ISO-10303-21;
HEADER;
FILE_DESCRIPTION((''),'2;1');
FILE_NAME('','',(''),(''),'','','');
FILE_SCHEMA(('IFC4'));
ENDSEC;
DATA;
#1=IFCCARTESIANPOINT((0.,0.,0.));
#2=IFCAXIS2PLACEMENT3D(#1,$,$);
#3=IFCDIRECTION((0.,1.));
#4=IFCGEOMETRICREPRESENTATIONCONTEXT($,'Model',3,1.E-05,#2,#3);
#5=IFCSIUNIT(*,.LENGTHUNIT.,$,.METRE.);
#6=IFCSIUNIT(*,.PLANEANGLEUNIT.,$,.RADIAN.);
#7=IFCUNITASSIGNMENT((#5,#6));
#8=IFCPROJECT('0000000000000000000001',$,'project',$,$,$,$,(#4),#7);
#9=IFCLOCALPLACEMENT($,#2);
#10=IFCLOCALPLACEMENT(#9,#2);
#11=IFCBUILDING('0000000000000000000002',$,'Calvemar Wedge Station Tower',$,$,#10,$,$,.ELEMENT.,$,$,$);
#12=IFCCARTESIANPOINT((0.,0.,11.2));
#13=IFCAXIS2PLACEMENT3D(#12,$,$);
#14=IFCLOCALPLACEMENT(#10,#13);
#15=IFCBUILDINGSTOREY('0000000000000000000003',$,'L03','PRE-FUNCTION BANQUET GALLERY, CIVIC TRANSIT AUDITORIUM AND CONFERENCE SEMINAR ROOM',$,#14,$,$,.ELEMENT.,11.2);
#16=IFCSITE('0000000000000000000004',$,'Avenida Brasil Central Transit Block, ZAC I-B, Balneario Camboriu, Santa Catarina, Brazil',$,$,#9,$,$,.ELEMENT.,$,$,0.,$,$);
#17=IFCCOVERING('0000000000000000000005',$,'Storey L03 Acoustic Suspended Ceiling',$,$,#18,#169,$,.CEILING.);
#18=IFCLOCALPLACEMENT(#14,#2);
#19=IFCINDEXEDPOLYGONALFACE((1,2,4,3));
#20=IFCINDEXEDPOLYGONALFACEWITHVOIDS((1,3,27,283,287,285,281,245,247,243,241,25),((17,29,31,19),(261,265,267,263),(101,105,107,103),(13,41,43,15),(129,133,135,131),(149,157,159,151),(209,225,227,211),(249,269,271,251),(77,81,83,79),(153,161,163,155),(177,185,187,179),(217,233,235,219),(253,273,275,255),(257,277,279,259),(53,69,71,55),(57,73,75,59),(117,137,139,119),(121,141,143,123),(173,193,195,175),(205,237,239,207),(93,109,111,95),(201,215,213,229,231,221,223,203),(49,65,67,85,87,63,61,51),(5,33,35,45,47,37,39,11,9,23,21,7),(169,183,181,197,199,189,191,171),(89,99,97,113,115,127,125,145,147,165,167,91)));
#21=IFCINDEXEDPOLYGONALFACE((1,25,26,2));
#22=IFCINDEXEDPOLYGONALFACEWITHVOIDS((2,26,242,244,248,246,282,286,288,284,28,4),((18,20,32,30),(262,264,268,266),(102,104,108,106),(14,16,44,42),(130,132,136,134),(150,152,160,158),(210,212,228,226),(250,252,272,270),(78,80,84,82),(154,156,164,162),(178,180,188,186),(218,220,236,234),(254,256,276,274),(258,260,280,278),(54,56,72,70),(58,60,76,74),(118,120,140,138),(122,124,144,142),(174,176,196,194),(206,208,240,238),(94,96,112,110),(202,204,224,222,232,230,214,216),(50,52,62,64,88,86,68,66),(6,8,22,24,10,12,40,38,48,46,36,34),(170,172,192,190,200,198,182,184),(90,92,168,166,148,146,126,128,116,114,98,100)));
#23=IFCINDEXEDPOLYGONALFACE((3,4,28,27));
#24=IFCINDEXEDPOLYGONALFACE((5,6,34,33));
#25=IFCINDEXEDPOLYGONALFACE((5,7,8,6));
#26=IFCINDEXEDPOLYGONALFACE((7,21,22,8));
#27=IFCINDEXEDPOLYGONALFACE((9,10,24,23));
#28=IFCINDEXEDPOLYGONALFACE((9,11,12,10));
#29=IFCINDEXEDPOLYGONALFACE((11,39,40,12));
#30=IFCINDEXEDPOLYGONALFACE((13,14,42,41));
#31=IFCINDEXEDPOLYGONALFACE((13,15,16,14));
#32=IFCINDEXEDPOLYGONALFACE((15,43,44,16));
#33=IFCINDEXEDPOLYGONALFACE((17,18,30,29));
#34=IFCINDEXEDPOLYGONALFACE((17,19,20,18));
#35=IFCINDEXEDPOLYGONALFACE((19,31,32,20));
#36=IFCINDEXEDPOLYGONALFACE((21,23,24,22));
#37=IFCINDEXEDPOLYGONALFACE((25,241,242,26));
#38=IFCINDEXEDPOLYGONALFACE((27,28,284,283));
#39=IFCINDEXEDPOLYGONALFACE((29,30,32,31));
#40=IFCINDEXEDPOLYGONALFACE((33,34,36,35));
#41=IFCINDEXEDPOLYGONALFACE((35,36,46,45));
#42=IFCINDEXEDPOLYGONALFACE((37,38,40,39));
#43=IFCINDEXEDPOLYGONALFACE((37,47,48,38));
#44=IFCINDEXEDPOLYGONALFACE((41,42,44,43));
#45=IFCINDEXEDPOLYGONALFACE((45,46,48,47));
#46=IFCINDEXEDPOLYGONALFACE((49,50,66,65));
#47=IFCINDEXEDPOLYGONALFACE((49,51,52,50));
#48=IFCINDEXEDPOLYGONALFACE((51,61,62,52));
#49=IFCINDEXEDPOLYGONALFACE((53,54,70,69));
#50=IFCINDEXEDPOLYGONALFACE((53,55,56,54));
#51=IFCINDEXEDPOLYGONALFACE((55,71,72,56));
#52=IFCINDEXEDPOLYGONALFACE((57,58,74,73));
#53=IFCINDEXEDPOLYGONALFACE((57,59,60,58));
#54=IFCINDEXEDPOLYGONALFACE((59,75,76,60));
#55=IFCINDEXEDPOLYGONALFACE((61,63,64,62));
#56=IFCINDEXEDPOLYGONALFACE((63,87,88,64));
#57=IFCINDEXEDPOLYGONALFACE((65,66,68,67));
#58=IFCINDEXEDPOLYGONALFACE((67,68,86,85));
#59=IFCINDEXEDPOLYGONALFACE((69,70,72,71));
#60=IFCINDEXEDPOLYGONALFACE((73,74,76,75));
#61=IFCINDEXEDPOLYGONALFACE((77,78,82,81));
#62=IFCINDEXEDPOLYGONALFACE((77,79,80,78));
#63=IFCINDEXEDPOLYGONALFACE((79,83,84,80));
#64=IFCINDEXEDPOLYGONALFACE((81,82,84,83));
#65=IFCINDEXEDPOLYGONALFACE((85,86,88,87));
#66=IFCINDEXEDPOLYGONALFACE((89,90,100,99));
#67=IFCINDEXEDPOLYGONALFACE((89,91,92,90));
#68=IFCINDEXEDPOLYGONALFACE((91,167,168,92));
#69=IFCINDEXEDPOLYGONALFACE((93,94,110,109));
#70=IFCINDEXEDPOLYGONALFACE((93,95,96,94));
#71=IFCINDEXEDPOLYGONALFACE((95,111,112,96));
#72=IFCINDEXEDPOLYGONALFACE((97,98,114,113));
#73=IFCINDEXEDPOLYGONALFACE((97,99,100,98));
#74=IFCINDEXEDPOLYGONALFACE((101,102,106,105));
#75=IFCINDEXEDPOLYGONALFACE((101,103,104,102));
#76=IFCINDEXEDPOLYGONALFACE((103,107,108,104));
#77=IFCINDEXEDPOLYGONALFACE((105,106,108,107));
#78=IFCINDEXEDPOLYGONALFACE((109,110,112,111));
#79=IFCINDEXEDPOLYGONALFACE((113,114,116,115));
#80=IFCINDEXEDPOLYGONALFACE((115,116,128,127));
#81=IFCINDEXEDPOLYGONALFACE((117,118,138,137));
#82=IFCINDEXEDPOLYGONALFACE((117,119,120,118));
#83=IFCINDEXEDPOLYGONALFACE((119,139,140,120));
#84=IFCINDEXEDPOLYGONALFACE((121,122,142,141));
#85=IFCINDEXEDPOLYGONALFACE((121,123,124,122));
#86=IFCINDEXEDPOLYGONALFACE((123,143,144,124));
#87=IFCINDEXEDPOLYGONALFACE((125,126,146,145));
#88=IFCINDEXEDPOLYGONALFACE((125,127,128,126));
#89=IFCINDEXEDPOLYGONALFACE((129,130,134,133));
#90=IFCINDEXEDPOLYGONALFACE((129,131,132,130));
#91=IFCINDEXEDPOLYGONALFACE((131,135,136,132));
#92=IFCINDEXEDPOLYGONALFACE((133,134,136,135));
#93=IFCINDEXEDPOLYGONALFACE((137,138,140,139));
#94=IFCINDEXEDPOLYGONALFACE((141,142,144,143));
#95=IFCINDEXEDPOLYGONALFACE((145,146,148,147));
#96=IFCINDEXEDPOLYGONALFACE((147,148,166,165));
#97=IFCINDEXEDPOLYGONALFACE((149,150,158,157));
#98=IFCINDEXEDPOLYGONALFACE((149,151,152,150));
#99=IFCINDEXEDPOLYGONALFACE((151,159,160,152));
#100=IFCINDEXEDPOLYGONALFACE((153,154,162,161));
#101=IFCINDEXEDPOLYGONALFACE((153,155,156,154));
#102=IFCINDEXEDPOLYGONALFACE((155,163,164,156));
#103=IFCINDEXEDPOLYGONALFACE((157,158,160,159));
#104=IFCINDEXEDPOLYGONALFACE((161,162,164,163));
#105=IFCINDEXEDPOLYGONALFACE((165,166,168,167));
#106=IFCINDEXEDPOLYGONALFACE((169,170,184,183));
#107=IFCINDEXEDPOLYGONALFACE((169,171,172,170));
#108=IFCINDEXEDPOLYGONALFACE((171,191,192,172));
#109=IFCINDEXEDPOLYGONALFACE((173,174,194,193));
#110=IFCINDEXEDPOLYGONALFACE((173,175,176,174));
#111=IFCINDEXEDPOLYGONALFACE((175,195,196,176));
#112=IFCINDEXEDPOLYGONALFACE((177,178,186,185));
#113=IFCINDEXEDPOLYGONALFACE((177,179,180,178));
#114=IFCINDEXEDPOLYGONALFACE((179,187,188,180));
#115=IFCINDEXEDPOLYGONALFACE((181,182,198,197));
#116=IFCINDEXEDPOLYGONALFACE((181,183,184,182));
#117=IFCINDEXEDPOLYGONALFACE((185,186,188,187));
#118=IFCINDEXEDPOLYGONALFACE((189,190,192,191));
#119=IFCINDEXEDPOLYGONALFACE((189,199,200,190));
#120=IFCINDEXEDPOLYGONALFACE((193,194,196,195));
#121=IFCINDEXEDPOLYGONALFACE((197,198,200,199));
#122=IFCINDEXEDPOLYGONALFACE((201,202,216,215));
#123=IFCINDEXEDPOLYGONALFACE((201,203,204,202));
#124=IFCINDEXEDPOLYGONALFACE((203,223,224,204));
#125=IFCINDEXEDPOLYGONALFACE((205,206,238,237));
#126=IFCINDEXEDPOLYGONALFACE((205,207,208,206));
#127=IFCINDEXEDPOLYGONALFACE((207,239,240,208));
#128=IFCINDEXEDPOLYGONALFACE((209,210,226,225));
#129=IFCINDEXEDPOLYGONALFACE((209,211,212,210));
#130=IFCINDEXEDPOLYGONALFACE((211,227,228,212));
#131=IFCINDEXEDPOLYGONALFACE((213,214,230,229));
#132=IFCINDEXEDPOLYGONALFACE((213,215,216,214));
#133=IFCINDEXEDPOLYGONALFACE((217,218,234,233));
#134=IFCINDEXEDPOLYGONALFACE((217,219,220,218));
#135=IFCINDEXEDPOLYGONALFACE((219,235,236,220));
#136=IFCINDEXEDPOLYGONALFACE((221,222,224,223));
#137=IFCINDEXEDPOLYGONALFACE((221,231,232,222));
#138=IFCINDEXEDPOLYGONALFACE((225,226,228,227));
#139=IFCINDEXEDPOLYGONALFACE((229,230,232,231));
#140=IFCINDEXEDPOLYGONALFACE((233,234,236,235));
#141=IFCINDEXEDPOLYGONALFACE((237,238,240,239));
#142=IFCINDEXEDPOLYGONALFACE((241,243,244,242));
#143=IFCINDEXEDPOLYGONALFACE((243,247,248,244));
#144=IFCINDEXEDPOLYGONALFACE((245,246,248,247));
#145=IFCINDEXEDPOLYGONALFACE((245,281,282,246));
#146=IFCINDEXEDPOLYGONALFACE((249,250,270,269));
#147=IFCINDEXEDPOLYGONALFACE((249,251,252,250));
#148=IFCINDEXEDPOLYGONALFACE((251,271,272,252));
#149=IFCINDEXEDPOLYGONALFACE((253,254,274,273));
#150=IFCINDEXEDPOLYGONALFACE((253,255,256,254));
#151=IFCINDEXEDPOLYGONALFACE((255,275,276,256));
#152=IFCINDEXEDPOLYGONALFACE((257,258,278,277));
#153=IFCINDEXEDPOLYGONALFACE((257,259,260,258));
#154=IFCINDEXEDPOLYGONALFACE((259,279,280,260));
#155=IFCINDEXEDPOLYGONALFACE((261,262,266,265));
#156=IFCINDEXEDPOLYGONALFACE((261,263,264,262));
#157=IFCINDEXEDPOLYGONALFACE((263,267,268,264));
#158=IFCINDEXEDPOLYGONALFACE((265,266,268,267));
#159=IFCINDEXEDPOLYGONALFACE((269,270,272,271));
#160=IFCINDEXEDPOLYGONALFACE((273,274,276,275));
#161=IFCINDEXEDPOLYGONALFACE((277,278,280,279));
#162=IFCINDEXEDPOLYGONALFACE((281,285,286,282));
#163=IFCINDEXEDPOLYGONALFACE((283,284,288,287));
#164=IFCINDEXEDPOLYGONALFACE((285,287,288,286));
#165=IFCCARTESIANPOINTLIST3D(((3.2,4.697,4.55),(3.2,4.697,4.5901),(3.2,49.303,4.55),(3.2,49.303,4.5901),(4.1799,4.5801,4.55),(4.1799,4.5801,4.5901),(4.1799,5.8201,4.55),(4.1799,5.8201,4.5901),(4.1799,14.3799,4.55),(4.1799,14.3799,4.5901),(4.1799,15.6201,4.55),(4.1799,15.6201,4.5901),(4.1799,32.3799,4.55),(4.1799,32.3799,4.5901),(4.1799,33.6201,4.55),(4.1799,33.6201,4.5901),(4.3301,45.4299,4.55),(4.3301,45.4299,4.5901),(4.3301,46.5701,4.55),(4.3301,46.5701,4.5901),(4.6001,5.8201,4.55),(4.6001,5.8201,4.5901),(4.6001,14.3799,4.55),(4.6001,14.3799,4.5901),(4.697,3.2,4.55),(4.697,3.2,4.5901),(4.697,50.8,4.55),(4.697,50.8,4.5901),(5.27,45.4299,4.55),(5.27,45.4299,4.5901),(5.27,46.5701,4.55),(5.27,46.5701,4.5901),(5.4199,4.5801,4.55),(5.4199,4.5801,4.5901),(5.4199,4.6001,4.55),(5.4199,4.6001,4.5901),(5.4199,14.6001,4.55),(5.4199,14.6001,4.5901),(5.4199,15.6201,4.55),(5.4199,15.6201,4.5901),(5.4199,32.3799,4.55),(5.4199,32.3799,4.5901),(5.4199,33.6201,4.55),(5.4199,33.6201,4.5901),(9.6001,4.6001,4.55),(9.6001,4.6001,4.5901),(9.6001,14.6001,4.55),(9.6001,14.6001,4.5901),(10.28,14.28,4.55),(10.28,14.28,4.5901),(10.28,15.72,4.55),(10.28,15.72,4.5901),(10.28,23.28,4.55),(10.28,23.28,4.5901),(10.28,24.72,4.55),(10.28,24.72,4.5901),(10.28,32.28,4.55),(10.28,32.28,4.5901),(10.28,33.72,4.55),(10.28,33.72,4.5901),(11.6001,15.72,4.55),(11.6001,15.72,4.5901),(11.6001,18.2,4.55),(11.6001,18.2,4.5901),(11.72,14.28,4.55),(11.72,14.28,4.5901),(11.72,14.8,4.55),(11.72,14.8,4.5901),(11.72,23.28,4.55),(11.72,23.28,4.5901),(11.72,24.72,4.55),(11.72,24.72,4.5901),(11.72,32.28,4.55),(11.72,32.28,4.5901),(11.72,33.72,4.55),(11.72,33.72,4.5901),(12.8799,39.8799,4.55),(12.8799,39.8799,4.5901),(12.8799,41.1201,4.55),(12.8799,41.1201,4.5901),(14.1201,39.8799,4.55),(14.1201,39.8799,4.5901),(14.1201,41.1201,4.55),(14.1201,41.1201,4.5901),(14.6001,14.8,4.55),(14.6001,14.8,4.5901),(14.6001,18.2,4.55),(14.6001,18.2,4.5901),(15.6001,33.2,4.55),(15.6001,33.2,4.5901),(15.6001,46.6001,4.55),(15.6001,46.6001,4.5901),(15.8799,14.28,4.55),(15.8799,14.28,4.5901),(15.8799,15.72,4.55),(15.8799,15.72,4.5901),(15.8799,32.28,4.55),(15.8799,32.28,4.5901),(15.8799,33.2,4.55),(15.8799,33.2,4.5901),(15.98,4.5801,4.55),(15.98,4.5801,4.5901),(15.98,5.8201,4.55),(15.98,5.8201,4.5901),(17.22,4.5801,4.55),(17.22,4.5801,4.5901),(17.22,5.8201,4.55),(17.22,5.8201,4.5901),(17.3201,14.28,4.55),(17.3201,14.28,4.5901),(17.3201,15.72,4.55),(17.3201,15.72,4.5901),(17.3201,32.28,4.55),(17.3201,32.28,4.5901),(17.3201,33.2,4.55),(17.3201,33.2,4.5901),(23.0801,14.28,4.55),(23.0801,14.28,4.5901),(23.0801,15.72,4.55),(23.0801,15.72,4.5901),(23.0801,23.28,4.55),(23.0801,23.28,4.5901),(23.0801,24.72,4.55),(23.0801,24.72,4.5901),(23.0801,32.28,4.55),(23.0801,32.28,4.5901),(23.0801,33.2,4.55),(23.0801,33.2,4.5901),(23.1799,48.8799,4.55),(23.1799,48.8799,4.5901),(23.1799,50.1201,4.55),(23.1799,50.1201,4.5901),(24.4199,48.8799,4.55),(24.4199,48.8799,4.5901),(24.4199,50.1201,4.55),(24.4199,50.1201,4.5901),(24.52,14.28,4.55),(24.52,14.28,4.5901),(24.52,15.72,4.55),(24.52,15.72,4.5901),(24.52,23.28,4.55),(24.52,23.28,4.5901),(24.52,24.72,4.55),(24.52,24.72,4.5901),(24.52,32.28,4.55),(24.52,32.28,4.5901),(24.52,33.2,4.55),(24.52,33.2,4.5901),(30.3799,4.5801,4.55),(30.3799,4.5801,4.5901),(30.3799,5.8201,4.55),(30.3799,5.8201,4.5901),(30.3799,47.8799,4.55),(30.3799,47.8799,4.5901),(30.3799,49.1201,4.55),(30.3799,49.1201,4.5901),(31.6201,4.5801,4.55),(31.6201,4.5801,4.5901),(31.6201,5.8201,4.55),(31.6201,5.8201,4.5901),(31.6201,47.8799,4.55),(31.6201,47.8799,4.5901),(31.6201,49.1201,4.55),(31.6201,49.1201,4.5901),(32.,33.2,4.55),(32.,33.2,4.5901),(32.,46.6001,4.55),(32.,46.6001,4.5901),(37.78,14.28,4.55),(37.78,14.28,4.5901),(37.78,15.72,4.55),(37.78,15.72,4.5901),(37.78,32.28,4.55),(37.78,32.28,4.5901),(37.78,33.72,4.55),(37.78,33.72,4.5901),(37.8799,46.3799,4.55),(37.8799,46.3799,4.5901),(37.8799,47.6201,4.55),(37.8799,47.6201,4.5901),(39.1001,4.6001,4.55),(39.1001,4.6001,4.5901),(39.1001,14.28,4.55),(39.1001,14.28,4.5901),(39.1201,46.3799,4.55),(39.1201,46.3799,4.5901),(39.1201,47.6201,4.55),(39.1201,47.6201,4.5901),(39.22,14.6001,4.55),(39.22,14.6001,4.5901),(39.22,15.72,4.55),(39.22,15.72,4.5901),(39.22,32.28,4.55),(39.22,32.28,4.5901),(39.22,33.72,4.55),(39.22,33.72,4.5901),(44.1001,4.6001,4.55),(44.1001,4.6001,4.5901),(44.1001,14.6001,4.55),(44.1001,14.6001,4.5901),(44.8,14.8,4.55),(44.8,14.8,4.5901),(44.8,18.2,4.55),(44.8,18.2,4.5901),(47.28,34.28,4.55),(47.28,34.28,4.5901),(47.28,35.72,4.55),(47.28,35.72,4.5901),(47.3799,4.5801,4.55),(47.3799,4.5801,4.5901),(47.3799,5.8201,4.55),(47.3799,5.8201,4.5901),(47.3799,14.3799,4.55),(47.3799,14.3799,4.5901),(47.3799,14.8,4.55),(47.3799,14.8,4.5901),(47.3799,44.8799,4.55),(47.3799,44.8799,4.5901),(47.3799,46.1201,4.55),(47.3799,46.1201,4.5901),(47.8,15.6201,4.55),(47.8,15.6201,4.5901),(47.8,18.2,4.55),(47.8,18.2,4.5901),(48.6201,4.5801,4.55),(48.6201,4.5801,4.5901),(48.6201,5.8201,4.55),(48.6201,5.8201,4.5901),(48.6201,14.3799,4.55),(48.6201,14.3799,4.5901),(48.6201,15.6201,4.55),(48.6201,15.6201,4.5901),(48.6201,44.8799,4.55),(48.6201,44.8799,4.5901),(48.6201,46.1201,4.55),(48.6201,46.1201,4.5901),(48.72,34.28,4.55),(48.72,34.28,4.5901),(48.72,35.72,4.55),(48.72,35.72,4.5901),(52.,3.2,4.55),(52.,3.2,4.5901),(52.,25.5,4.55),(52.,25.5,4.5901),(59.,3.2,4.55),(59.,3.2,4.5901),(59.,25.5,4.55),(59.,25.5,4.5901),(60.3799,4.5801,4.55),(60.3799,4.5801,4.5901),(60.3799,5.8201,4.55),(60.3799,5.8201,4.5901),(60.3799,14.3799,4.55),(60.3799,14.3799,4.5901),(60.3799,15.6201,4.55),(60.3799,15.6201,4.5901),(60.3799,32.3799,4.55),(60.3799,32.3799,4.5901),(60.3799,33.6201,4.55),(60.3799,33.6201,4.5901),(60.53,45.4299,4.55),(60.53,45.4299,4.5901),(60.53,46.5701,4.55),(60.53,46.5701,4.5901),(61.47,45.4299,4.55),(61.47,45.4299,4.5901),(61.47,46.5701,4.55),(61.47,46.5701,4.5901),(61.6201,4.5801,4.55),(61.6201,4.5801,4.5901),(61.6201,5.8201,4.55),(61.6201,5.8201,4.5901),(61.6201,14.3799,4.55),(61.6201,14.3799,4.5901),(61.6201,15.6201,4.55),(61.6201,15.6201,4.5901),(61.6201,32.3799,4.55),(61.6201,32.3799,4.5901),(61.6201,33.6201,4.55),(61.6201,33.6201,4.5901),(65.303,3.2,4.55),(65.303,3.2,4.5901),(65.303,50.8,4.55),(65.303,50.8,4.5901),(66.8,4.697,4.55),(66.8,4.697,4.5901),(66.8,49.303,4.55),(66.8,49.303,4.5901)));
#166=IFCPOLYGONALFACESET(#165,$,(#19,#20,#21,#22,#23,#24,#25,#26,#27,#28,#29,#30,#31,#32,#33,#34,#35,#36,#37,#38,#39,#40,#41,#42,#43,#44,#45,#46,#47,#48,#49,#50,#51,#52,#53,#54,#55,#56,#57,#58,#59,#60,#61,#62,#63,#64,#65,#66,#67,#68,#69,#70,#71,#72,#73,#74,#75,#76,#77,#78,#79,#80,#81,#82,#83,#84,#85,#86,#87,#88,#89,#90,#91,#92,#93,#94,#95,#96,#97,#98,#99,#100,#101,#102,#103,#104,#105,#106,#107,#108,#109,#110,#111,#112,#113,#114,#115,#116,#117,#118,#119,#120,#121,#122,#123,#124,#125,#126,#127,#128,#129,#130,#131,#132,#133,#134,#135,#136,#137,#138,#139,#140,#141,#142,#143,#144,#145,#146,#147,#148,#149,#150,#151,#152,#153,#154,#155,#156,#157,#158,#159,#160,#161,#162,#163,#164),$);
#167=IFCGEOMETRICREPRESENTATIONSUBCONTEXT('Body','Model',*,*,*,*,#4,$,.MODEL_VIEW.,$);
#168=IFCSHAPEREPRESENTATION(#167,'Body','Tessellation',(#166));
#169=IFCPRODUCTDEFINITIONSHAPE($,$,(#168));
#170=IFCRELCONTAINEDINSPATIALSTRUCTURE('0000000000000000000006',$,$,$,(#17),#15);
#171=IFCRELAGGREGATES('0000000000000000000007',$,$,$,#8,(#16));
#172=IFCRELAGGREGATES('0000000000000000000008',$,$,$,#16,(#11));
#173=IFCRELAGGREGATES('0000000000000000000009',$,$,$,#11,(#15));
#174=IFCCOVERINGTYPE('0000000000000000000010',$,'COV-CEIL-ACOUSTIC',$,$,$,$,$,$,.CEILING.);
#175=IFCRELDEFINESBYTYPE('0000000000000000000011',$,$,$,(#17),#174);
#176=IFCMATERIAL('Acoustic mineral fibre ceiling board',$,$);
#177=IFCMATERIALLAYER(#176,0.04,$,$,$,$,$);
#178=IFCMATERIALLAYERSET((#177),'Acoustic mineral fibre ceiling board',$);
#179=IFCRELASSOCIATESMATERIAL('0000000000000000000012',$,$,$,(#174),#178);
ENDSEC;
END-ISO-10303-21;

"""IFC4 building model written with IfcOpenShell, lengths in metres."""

from ifc_helpers import new_model, si_unit, direction, frame, origin, place, context, subcontext, project, spatial, polyline, outline, extrude, material, layer, layer_set, type_object, element, save


model = new_model("IFC4")

# Units and contexts
model_context = context("Model", 3, precision=1e-05, world=origin(), true_north=direction((0.0, 1.0)))
body_context = subcontext(model_context, "Body", "Model", "MODEL_VIEW")
ifc_project = project(units=[si_unit("LENGTHUNIT", "METRE"), si_unit("PLANEANGLEUNIT", "RADIAN")], contexts=[model_context])

# Site, building, storey
site_placement = place(None, origin())
site = spatial("IfcSite", under=ifc_project, at=site_placement, Name="Avenida Brasil Central Transit Block, ZAC I-B, Balneario Camboriu, Santa Catarina, Brazil", CompositionType="ELEMENT", RefElevation=0.0)
building_placement = place(site_placement, origin())
building = spatial("IfcBuilding", under=site, at=building_placement, Name="Calvemar Wedge Station Tower", CompositionType="ELEMENT")
storey_placement = place(building_placement, frame((0.0, 0.0, 11.2)))
storey = spatial("IfcBuildingStorey", under=building, at=storey_placement, Name="L03", Description="PRE-FUNCTION BANQUET GALLERY, CIVIC TRANSIT AUDITORIUM AND CONFERENCE SEMINAR ROOM", CompositionType="ELEMENT", Elevation=11.2)

# Covering
ifc_material_1 = material(Name="Acoustic mineral fibre ceiling board")
ifc_layer_1 = layer(ifc_material_1, 0.04)
ifc_layer_set_1 = layer_set([ifc_layer_1], Name="Acoustic mineral fibre ceiling board")
covering_type_1 = type_object("IfcCoveringType", Name="COV-CEIL-ACOUSTIC", PredefinedType="CEILING", material=ifc_layer_set_1)
covering_1_placement = place(storey_placement, frame((0.0, 0.0, 4.55)))
element("IfcCovering", 1, at=covering_1_placement, inside=storey, type_object=covering_type_1, Name="Storey L03 Acoustic Suspended Ceiling", PredefinedType="CEILING", context=body_context, shape_type="SweptSolid", body=[
    extrude(outline(polyline([(65.303, 50.8), (4.697, 50.8), (3.2, 49.303), (3.2, 4.697), (4.697, 3.2), (52.0, 3.2), (52.0, 25.5), (59.0, 25.5), (59.0, 3.2), (65.303, 3.2), (66.8, 4.697), (66.8, 49.303), (65.303, 50.8)]), holes=[polyline([(15.6001, 46.6001), (32.0, 46.6001), (32.0, 33.2), (24.52, 33.2), (24.52, 32.28), (23.0801, 32.28), (23.0801, 33.2), (17.3201, 33.2), (17.3201, 32.28), (15.8799, 32.28), (15.8799, 33.2), (15.6001, 33.2), (15.6001, 46.6001)]), polyline([(4.6001, 14.3799), (4.1799, 14.3799), (4.1799, 15.6201), (5.4199, 15.6201), (5.4199, 14.6001), (9.6001, 14.6001), (9.6001, 4.6001), (5.4199, 4.6001), (5.4199, 4.5801), (4.1799, 4.5801), (4.1799, 5.8201), (4.6001, 5.8201), (4.6001, 14.3799)]), polyline([(39.22, 14.6001), (44.1001, 14.6001), (44.1001, 4.6001), (39.1001, 4.6001), (39.1001, 14.28), (37.78, 14.28), (37.78, 15.72), (39.22, 15.72), (39.22, 14.6001)]), polyline([(11.72, 14.28), (10.28, 14.28), (10.28, 15.72), (11.6001, 15.72), (11.6001, 18.2), (14.6001, 18.2), (14.6001, 14.8), (11.72, 14.8), (11.72, 14.28)]), polyline([(44.8, 14.8), (44.8, 18.2), (47.8, 18.2), (47.8, 15.6201), (48.6201, 15.6201), (48.6201, 14.3799), (47.3799, 14.3799), (47.3799, 14.8), (44.8, 14.8)]), polyline([(15.98, 5.8201), (17.22, 5.8201), (17.22, 4.5801), (15.98, 4.5801), (15.98, 5.8201)]), polyline([(31.6201, 5.8201), (31.6201, 4.5801), (30.3799, 4.5801), (30.3799, 5.8201), (31.6201, 5.8201)]), polyline([(48.6201, 4.5801), (47.3799, 4.5801), (47.3799, 5.8201), (48.6201, 5.8201), (48.6201, 4.5801)]), polyline([(60.3799, 4.5801), (60.3799, 5.8201), (61.6201, 5.8201), (61.6201, 4.5801), (60.3799, 4.5801)]), polyline([(17.3201, 14.28), (15.8799, 14.28), (15.8799, 15.72), (17.3201, 15.72), (17.3201, 14.28)]), polyline([(23.0801, 14.28), (23.0801, 15.72), (24.52, 15.72), (24.52, 14.28), (23.0801, 14.28)]), polyline([(61.6201, 14.3799), (60.3799, 14.3799), (60.3799, 15.6201), (61.6201, 15.6201), (61.6201, 14.3799)]), polyline([(10.28, 23.28), (10.28, 24.72), (11.72, 24.72), (11.72, 23.28), (10.28, 23.28)]), polyline([(23.0801, 24.72), (24.52, 24.72), (24.52, 23.28), (23.0801, 23.28), (23.0801, 24.72)]), polyline([(5.4199, 33.6201), (5.4199, 32.3799), (4.1799, 32.3799), (4.1799, 33.6201), (5.4199, 33.6201)]), polyline([(11.72, 32.28), (10.28, 32.28), (10.28, 33.72), (11.72, 33.72), (11.72, 32.28)]), polyline([(39.22, 33.72), (39.22, 32.28), (37.78, 32.28), (37.78, 33.72), (39.22, 33.72)]), polyline([(48.72, 34.28), (47.28, 34.28), (47.28, 35.72), (48.72, 35.72), (48.72, 34.28)]), polyline([(60.3799, 32.3799), (60.3799, 33.6201), (61.6201, 33.6201), (61.6201, 32.3799), (60.3799, 32.3799)]), polyline([(4.3301, 46.5701), (5.27, 46.5701), (5.27, 45.4299), (4.3301, 45.4299), (4.3301, 46.5701)]), polyline([(14.1201, 41.1201), (14.1201, 39.8799), (12.8799, 39.8799), (12.8799, 41.1201), (14.1201, 41.1201)]), polyline([(24.4199, 48.8799), (23.1799, 48.8799), (23.1799, 50.1201), (24.4199, 50.1201), (24.4199, 48.8799)]), polyline([(30.3799, 47.8799), (30.3799, 49.1201), (31.6201, 49.1201), (31.6201, 47.8799), (30.3799, 47.8799)]), polyline([(37.8799, 47.6201), (39.1201, 47.6201), (39.1201, 46.3799), (37.8799, 46.3799), (37.8799, 47.6201)]), polyline([(48.6201, 46.1201), (48.6201, 44.8799), (47.3799, 44.8799), (47.3799, 46.1201), (48.6201, 46.1201)]), polyline([(61.47, 45.4299), (60.53, 45.4299), (60.53, 46.5701), (61.47, 46.5701), (61.47, 45.4299)])]), origin(), (0.0, 0.0, 1.0), 0.04),
])

save(model, "model.ifc")
